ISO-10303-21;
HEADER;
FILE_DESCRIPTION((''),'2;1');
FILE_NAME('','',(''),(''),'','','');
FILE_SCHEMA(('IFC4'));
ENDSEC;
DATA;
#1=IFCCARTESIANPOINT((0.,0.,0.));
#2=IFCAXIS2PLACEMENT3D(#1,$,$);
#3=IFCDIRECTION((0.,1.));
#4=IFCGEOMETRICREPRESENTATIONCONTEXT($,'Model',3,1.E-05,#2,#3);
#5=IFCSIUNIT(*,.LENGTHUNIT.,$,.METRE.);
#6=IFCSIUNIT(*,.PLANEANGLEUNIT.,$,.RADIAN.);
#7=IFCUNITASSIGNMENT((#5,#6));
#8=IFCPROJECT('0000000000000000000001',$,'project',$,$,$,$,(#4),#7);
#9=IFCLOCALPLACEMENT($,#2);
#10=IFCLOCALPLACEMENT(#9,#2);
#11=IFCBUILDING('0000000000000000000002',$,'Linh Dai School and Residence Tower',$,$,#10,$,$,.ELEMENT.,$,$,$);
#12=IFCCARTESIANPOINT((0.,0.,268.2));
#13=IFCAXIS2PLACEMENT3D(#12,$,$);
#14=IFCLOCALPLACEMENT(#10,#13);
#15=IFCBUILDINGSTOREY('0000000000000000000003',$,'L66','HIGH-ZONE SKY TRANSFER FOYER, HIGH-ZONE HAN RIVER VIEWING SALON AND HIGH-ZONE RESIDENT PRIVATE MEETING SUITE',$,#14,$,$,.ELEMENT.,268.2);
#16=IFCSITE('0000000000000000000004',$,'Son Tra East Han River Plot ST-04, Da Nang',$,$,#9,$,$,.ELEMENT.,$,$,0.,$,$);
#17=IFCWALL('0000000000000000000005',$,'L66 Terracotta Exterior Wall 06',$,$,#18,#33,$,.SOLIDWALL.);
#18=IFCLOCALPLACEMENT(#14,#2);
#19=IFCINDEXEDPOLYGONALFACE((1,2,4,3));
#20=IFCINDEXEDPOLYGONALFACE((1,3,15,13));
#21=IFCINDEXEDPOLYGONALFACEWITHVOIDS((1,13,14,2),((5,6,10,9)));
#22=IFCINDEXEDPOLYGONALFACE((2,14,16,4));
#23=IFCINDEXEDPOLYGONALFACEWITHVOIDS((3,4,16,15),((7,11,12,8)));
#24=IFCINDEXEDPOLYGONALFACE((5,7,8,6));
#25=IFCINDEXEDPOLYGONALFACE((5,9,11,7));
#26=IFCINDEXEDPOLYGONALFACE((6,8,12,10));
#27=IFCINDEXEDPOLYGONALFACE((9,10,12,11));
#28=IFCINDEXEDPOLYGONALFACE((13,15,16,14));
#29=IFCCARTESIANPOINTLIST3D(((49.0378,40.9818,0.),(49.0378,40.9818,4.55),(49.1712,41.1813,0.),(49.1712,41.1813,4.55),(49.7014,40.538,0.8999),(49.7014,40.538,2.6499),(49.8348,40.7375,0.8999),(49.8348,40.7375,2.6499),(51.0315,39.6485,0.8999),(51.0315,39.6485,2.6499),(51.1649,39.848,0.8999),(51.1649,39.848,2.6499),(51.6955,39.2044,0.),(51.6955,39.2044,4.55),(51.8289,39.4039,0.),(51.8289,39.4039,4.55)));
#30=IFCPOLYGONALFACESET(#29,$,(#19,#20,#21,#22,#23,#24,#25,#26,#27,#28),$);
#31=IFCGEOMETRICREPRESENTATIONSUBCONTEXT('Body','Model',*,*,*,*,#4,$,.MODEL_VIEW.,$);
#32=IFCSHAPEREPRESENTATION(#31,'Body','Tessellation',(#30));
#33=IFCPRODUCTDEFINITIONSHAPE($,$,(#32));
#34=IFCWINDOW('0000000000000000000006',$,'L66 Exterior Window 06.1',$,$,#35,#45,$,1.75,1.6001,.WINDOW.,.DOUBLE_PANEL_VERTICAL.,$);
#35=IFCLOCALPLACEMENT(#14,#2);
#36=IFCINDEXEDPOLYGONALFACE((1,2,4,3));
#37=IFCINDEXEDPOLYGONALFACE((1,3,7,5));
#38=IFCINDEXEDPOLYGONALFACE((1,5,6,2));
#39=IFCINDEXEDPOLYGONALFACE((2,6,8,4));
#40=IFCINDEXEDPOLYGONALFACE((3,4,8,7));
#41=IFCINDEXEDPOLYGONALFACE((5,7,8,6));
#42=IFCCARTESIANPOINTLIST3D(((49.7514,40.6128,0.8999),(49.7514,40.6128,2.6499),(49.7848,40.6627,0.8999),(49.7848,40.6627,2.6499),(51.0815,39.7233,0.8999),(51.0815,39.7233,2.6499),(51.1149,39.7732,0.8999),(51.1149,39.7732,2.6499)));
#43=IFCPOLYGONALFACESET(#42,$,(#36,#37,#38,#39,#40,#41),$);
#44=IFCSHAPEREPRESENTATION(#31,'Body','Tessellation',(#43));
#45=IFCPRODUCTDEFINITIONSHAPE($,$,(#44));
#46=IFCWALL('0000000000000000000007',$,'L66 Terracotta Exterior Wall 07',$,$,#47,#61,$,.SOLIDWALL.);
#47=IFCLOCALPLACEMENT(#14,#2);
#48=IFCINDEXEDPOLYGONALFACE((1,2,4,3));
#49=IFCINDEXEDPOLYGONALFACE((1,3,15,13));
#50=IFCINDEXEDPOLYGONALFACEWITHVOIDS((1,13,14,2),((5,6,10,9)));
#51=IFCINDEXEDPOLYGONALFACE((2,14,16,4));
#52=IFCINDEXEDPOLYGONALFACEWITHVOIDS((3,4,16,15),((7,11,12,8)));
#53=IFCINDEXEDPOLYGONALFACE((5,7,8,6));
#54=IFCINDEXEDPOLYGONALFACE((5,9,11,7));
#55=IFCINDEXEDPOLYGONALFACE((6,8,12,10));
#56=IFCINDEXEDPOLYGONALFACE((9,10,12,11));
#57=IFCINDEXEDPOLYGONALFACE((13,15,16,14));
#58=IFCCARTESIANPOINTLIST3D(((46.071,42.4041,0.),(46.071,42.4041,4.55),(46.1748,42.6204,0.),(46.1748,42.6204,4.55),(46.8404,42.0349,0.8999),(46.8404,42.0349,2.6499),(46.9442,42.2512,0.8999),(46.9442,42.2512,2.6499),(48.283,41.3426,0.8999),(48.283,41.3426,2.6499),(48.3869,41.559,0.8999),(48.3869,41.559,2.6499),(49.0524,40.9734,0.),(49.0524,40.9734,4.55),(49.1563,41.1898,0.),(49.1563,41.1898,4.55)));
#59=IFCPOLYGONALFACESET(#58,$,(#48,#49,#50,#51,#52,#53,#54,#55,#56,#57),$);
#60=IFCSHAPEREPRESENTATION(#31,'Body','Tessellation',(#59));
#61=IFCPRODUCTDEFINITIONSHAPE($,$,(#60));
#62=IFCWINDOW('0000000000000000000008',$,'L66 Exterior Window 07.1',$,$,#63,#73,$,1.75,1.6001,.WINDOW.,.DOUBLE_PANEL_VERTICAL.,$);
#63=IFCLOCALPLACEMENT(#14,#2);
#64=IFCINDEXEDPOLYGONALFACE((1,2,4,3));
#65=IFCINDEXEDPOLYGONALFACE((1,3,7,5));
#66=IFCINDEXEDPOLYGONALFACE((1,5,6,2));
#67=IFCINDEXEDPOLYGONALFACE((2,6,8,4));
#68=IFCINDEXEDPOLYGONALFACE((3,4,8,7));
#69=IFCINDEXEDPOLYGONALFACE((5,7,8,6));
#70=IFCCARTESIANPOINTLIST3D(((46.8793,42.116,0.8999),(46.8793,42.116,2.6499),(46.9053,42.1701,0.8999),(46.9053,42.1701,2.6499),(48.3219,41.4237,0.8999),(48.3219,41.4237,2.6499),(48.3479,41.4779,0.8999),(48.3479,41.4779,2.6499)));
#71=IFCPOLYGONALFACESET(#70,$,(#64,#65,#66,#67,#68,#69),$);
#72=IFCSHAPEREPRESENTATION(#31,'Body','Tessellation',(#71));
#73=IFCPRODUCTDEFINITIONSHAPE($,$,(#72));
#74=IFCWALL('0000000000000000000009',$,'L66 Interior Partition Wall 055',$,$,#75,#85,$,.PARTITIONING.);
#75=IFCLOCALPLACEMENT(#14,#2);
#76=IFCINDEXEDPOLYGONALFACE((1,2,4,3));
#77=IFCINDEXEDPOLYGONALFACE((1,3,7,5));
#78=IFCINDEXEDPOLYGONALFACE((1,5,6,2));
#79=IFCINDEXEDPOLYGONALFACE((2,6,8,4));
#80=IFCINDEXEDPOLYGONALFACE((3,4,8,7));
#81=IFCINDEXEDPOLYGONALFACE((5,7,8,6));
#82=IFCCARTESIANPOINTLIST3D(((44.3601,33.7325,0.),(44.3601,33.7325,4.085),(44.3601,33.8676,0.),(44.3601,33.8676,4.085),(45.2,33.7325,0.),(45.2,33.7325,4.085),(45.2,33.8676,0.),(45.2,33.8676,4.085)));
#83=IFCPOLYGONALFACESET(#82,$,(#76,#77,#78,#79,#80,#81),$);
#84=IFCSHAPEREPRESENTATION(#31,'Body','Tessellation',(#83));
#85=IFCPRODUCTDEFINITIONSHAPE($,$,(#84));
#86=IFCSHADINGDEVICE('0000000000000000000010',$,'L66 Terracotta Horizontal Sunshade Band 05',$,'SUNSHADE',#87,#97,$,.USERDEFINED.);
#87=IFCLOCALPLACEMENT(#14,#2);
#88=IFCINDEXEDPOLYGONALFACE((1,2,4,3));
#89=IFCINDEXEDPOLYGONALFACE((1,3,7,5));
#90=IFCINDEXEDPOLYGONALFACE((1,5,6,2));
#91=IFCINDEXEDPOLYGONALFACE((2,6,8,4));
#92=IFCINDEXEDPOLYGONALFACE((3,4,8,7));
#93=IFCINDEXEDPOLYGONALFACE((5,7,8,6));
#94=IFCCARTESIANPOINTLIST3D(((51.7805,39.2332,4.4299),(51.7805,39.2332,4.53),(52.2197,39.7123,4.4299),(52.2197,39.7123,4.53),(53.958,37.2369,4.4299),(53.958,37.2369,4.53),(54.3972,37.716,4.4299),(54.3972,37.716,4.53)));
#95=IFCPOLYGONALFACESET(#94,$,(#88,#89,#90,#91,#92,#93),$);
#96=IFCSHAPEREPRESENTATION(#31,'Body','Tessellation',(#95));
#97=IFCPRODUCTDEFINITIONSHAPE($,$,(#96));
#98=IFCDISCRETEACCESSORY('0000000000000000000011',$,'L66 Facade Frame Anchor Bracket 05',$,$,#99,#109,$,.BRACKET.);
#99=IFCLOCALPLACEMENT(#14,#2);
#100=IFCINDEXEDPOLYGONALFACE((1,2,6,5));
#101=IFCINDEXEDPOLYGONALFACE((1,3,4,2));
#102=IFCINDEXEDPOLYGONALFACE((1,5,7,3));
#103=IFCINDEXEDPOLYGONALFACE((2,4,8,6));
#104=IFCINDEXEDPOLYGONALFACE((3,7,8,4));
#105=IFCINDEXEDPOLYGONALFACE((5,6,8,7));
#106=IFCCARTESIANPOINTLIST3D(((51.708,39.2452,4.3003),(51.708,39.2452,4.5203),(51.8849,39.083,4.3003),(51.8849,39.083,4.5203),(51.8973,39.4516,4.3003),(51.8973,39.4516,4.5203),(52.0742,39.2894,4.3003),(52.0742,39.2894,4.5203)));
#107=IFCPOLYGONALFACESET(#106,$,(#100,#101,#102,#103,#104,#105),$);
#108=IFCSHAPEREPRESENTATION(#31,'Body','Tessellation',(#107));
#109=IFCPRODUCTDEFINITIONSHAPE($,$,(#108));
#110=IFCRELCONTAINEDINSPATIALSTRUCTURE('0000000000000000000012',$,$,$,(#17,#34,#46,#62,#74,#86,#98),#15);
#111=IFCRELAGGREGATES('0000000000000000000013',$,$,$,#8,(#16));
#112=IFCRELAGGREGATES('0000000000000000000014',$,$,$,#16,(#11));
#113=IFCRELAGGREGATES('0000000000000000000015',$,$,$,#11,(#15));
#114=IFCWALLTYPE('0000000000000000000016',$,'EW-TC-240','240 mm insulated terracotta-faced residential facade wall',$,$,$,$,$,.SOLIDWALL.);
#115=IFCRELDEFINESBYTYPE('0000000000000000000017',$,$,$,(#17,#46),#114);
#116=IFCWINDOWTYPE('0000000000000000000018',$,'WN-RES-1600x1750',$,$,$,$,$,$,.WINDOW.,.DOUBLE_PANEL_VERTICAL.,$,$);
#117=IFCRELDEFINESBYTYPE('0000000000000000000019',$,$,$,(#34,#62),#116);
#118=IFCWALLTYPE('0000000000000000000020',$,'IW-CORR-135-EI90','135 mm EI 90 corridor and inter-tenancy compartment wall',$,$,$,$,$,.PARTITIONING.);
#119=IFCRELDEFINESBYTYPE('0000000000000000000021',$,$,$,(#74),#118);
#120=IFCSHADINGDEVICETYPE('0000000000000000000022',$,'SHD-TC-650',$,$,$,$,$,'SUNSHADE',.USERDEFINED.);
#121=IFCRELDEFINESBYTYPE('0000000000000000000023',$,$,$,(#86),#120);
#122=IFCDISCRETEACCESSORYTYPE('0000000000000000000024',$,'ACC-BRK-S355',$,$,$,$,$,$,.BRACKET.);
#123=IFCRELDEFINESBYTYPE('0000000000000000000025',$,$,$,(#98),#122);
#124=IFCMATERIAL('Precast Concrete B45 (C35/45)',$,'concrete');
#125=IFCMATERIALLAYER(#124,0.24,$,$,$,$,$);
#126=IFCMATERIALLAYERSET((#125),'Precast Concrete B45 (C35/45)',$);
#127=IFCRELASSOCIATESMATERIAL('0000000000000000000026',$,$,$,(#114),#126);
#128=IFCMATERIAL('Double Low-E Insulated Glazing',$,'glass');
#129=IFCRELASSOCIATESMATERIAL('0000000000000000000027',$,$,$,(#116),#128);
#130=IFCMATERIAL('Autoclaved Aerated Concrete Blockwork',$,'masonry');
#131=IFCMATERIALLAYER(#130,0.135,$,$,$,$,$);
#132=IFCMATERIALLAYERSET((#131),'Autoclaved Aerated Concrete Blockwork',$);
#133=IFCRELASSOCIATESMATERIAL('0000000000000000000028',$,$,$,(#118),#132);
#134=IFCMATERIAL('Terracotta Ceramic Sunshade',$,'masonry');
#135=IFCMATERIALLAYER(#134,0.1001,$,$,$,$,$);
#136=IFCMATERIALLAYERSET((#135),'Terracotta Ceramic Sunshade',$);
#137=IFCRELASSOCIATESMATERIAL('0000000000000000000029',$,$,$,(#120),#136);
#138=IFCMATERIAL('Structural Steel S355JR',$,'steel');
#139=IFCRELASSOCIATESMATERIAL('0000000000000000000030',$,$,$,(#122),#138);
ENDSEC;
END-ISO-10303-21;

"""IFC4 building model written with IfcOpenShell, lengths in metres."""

from ifc_helpers import new_model, si_unit, direction, frame, frame_2d, origin, origin_2d, place, context, subcontext, project, spatial, rectangle, extrude, source, transform, mapped, material, layer, layer_set, type_object, element, fill, save


model = new_model("IFC4")

# Units and contexts
model_context = context("Model", 3, precision=1e-05, world=origin(), true_north=direction((0.0, 1.0)))
body_context = subcontext(model_context, "Body", "Model", "MODEL_VIEW")
ifc_project = project(units=[si_unit("LENGTHUNIT", "METRE"), si_unit("PLANEANGLEUNIT", "RADIAN")], contexts=[model_context])

# Site, building, storey
site_placement = place(None, origin())
site = spatial("IfcSite", under=ifc_project, at=site_placement, Name="Son Tra East Han River Plot ST-04, Da Nang", CompositionType="ELEMENT", RefElevation=0.0)
building_placement = place(site_placement, origin())
building = spatial("IfcBuilding", under=site, at=building_placement, Name="Linh Dai School and Residence Tower", CompositionType="ELEMENT")
storey_placement = place(building_placement, frame((0.0, 0.0, 268.2)))
storey = spatial("IfcBuildingStorey", under=building, at=storey_placement, Name="L66", Description="HIGH-ZONE SKY TRANSFER FOYER, HIGH-ZONE HAN RIVER VIEWING SALON AND HIGH-ZONE RESIDENT PRIVATE MEETING SUITE", CompositionType="ELEMENT", Elevation=268.2)

# Shared definitions
ifc_material_1 = material(Name="Structural Steel S355JR", Category="steel")

# Shared definitions
ifc_material_2 = material(Name="Precast Concrete B45 (C35/45)", Category="concrete")

# Shared definitions
ifc_material_3 = material(Name="Double Low-E Insulated Glazing", Category="glass")

# Shared definitions
ifc_layer_1 = layer(ifc_material_2, 0.24)
ifc_layer_set_1 = layer_set([ifc_layer_1], Name="Precast Concrete B45 (C35/45)")
wall_type_1 = type_object("IfcWallType", Name="EW-TC-240", Description="240 mm insulated terracotta-faced residential facade wall", PredefinedType="SOLIDWALL", material=ifc_layer_set_1)

# Walls, openings, windows
wall_1_placement = place(storey_placement, frame((49.1045, 41.0815, 0.0), z_axis=(0.0, 0.0, 1.0), x_axis=(0.831251, -0.555898, 0.0)))
wall_1 = element("IfcWall", 1, at=wall_1_placement, inside=storey, type_object=wall_type_1, Name="L66 Terracotta Exterior Wall 06", PredefinedType="SOLIDWALL", context=body_context, shape_type="SweptSolid", body=[
    extrude(rectangle(XDim=3.1973, YDim=0.24, at=frame_2d((1.5986, 0.0))), origin(), (0.0, 0.0, 1.0), 4.55),
])
opening_1_placement = place(wall_1_placement, frame((0.7983, 0.0, 0.8999)))
opening_1 = element("IfcOpeningElement", 2, at=opening_1_placement, cuts=wall_1, PredefinedType="OPENING", context=body_context, shape_type="SweptSolid", body=[
    extrude(rectangle(XDim=1.6001, YDim=1.75, at=origin_2d()), frame((0.8, 0.1299, 0.875), z_axis=(0.0, -1.0, 0.0), x_axis=(1.0, 0.0, 0.0)), (0.0, 0.0, 1.0), 0.26),
])
window_type_1 = type_object("IfcWindowType", Name="WN-RES-1600x1750", PartitioningType="DOUBLE_PANEL_VERTICAL", PredefinedType="WINDOW", material=ifc_material_3)
shared_shape_1 = source(origin(), body_context, "Body", "SweptSolid", [
    extrude(rectangle(XDim=1.6001, YDim=1.75, at=origin_2d()), frame((0.8, 0.03, 0.875), z_axis=(0.0, -1.0, 0.0), x_axis=(1.0, 0.0, 0.0)), (0.0, 0.0, 1.0), 0.0601),
])
window_1_placement = place(opening_1_placement, origin())
window_1 = element("IfcWindow", 3, at=window_1_placement, inside=storey, type_object=window_type_1, Name="L66 Exterior Window 06.1", OverallHeight=1.75, OverallWidth=1.6001, PartitioningType="DOUBLE_PANEL_VERTICAL", PredefinedType="WINDOW", context=body_context, shape_type="MappedRepresentation", body=[
    mapped(shared_shape_1, transform((0.0, 0.0, 0.0), x_axis=(1.0, 0.0, 0.0), y_axis=(0.0, 1.0, 0.0), z_axis=(0.0, 0.0, 1.0), scale=1.0)),
])
fill(opening_1, window_1)
wall_2_placement = place(storey_placement, frame((46.123, 42.5122, 0.0), z_axis=(0.0, 0.0, 1.0), x_axis=(0.901574, -0.432625, 0.0)))
wall_2 = element("IfcWall", 4, at=wall_2_placement, inside=storey, type_object=wall_type_1, Name="L66 Terracotta Exterior Wall 07", PredefinedType="SOLIDWALL", context=body_context, shape_type="SweptSolid", body=[
    extrude(rectangle(XDim=3.3069, YDim=0.24, at=frame_2d((1.6533, 0.0))), origin(), (0.0, 0.0, 1.0), 4.55),
])
opening_2_placement = place(wall_2_placement, frame((0.8533, 0.0, 0.8999)))
opening_2 = element("IfcOpeningElement", 5, at=opening_2_placement, cuts=wall_2, PredefinedType="OPENING", context=body_context, shape_type="SweptSolid", body=[
    extrude(rectangle(XDim=1.6001, YDim=1.75, at=origin_2d()), frame((0.8, 0.1299, 0.875), z_axis=(0.0, -1.0, 0.0), x_axis=(1.0, 0.0, 0.0)), (0.0, 0.0, 1.0), 0.26),
])
window_2_placement = place(opening_2_placement, origin())
window_2 = element("IfcWindow", 6, at=window_2_placement, inside=storey, type_object=window_type_1, Name="L66 Exterior Window 07.1", OverallHeight=1.75, OverallWidth=1.6001, PartitioningType="DOUBLE_PANEL_VERTICAL", PredefinedType="WINDOW", context=body_context, shape_type="MappedRepresentation", body=[
    mapped(shared_shape_1, transform((0.0, 0.0, 0.0), x_axis=(1.0, 0.0, 0.0), y_axis=(0.0, 1.0, 0.0), z_axis=(0.0, 0.0, 1.0), scale=1.0)),
])
fill(opening_2, window_2)

# Wall
ifc_material_4 = material(Name="Autoclaved Aerated Concrete Blockwork", Category="masonry")
ifc_layer_2 = layer(ifc_material_4, 0.135)
ifc_layer_set_2 = layer_set([ifc_layer_2], Name="Autoclaved Aerated Concrete Blockwork")
wall_type_2 = type_object("IfcWallType", Name="IW-CORR-135-EI90", Description="135 mm EI 90 corridor and inter-tenancy compartment wall", PredefinedType="PARTITIONING", material=ifc_layer_set_2)
wall_3_placement = place(storey_placement, frame((45.2, 33.8, 0.0), z_axis=(0.0, 0.0, 1.0), x_axis=(-1.0, 0.0, 0.0)))
element("IfcWall", 7, at=wall_3_placement, inside=storey, type_object=wall_type_2, Name="L66 Interior Partition Wall 055", PredefinedType="PARTITIONING", context=body_context, shape_type="SweptSolid", body=[
    extrude(rectangle(XDim=0.8398, YDim=0.135, at=frame_2d((0.4199, 0.0))), origin(), (0.0, 0.0, 1.0), 4.085),
])

# Shading device
ifc_material_5 = material(Name="Terracotta Ceramic Sunshade", Category="masonry")
ifc_layer_3 = layer(ifc_material_5, 0.1001)
ifc_layer_set_3 = layer_set([ifc_layer_3], Name="Terracotta Ceramic Sunshade")
shading_device_type = type_object("IfcShadingDeviceType", Name="SHD-TC-650", ElementType="SUNSHADE", PredefinedType="USERDEFINED", material=ifc_layer_set_3)
shared_shape_2 = source(origin(), body_context, "Body", "SweptSolid", [
    extrude(rectangle(XDim=2.9541, YDim=0.6499, at=origin_2d()), origin(), (0.0, 0.0, 1.0), 0.1001),
])
shading_device_placement = place(storey_placement, frame((53.0889, 38.4746, 4.4299), z_axis=(0.0, 0.0, 1.0), x_axis=(0.737106, -0.675777, 0.0)))
element("IfcShadingDevice", 8, at=shading_device_placement, inside=storey, type_object=shading_device_type, Name="L66 Terracotta Horizontal Sunshade Band 05", ObjectType="SUNSHADE", PredefinedType="USERDEFINED", context=body_context, shape_type="MappedRepresentation", body=[
    mapped(shared_shape_2, transform((0.0, 0.0, 0.0), x_axis=(1.0, 0.0, 0.0), y_axis=(0.0, 1.0, 0.0), z_axis=(0.0, 0.0, 1.0), scale=1.0)),
])

# Discrete accessory
discrete_accessory_type = type_object("IfcDiscreteAccessoryType", Name="ACC-BRK-S355", PredefinedType="BRACKET", material=ifc_material_1)
shared_shape_3 = source(origin(), body_context, "Body", "SweptSolid", [
    extrude(rectangle(XDim=0.28, YDim=0.24, at=origin_2d()), origin(), (0.0, 0.0, 1.0), 0.22),
])
discrete_accessory_placement = place(storey_placement, frame((51.8911, 39.2673, 4.3003), z_axis=(0.0, 0.0, 1.0), x_axis=(0.675777, 0.737106, 0.0)))
element("IfcDiscreteAccessory", 9, at=discrete_accessory_placement, inside=storey, type_object=discrete_accessory_type, Name="L66 Facade Frame Anchor Bracket 05", PredefinedType="BRACKET", context=body_context, shape_type="MappedRepresentation", body=[
    mapped(shared_shape_3, transform((0.0, 0.0, 0.0), x_axis=(1.0, 0.0, 0.0), y_axis=(0.0, 1.0, 0.0), z_axis=(0.0, 0.0, 1.0), scale=1.0)),
])

save(model, "model.ifc")
